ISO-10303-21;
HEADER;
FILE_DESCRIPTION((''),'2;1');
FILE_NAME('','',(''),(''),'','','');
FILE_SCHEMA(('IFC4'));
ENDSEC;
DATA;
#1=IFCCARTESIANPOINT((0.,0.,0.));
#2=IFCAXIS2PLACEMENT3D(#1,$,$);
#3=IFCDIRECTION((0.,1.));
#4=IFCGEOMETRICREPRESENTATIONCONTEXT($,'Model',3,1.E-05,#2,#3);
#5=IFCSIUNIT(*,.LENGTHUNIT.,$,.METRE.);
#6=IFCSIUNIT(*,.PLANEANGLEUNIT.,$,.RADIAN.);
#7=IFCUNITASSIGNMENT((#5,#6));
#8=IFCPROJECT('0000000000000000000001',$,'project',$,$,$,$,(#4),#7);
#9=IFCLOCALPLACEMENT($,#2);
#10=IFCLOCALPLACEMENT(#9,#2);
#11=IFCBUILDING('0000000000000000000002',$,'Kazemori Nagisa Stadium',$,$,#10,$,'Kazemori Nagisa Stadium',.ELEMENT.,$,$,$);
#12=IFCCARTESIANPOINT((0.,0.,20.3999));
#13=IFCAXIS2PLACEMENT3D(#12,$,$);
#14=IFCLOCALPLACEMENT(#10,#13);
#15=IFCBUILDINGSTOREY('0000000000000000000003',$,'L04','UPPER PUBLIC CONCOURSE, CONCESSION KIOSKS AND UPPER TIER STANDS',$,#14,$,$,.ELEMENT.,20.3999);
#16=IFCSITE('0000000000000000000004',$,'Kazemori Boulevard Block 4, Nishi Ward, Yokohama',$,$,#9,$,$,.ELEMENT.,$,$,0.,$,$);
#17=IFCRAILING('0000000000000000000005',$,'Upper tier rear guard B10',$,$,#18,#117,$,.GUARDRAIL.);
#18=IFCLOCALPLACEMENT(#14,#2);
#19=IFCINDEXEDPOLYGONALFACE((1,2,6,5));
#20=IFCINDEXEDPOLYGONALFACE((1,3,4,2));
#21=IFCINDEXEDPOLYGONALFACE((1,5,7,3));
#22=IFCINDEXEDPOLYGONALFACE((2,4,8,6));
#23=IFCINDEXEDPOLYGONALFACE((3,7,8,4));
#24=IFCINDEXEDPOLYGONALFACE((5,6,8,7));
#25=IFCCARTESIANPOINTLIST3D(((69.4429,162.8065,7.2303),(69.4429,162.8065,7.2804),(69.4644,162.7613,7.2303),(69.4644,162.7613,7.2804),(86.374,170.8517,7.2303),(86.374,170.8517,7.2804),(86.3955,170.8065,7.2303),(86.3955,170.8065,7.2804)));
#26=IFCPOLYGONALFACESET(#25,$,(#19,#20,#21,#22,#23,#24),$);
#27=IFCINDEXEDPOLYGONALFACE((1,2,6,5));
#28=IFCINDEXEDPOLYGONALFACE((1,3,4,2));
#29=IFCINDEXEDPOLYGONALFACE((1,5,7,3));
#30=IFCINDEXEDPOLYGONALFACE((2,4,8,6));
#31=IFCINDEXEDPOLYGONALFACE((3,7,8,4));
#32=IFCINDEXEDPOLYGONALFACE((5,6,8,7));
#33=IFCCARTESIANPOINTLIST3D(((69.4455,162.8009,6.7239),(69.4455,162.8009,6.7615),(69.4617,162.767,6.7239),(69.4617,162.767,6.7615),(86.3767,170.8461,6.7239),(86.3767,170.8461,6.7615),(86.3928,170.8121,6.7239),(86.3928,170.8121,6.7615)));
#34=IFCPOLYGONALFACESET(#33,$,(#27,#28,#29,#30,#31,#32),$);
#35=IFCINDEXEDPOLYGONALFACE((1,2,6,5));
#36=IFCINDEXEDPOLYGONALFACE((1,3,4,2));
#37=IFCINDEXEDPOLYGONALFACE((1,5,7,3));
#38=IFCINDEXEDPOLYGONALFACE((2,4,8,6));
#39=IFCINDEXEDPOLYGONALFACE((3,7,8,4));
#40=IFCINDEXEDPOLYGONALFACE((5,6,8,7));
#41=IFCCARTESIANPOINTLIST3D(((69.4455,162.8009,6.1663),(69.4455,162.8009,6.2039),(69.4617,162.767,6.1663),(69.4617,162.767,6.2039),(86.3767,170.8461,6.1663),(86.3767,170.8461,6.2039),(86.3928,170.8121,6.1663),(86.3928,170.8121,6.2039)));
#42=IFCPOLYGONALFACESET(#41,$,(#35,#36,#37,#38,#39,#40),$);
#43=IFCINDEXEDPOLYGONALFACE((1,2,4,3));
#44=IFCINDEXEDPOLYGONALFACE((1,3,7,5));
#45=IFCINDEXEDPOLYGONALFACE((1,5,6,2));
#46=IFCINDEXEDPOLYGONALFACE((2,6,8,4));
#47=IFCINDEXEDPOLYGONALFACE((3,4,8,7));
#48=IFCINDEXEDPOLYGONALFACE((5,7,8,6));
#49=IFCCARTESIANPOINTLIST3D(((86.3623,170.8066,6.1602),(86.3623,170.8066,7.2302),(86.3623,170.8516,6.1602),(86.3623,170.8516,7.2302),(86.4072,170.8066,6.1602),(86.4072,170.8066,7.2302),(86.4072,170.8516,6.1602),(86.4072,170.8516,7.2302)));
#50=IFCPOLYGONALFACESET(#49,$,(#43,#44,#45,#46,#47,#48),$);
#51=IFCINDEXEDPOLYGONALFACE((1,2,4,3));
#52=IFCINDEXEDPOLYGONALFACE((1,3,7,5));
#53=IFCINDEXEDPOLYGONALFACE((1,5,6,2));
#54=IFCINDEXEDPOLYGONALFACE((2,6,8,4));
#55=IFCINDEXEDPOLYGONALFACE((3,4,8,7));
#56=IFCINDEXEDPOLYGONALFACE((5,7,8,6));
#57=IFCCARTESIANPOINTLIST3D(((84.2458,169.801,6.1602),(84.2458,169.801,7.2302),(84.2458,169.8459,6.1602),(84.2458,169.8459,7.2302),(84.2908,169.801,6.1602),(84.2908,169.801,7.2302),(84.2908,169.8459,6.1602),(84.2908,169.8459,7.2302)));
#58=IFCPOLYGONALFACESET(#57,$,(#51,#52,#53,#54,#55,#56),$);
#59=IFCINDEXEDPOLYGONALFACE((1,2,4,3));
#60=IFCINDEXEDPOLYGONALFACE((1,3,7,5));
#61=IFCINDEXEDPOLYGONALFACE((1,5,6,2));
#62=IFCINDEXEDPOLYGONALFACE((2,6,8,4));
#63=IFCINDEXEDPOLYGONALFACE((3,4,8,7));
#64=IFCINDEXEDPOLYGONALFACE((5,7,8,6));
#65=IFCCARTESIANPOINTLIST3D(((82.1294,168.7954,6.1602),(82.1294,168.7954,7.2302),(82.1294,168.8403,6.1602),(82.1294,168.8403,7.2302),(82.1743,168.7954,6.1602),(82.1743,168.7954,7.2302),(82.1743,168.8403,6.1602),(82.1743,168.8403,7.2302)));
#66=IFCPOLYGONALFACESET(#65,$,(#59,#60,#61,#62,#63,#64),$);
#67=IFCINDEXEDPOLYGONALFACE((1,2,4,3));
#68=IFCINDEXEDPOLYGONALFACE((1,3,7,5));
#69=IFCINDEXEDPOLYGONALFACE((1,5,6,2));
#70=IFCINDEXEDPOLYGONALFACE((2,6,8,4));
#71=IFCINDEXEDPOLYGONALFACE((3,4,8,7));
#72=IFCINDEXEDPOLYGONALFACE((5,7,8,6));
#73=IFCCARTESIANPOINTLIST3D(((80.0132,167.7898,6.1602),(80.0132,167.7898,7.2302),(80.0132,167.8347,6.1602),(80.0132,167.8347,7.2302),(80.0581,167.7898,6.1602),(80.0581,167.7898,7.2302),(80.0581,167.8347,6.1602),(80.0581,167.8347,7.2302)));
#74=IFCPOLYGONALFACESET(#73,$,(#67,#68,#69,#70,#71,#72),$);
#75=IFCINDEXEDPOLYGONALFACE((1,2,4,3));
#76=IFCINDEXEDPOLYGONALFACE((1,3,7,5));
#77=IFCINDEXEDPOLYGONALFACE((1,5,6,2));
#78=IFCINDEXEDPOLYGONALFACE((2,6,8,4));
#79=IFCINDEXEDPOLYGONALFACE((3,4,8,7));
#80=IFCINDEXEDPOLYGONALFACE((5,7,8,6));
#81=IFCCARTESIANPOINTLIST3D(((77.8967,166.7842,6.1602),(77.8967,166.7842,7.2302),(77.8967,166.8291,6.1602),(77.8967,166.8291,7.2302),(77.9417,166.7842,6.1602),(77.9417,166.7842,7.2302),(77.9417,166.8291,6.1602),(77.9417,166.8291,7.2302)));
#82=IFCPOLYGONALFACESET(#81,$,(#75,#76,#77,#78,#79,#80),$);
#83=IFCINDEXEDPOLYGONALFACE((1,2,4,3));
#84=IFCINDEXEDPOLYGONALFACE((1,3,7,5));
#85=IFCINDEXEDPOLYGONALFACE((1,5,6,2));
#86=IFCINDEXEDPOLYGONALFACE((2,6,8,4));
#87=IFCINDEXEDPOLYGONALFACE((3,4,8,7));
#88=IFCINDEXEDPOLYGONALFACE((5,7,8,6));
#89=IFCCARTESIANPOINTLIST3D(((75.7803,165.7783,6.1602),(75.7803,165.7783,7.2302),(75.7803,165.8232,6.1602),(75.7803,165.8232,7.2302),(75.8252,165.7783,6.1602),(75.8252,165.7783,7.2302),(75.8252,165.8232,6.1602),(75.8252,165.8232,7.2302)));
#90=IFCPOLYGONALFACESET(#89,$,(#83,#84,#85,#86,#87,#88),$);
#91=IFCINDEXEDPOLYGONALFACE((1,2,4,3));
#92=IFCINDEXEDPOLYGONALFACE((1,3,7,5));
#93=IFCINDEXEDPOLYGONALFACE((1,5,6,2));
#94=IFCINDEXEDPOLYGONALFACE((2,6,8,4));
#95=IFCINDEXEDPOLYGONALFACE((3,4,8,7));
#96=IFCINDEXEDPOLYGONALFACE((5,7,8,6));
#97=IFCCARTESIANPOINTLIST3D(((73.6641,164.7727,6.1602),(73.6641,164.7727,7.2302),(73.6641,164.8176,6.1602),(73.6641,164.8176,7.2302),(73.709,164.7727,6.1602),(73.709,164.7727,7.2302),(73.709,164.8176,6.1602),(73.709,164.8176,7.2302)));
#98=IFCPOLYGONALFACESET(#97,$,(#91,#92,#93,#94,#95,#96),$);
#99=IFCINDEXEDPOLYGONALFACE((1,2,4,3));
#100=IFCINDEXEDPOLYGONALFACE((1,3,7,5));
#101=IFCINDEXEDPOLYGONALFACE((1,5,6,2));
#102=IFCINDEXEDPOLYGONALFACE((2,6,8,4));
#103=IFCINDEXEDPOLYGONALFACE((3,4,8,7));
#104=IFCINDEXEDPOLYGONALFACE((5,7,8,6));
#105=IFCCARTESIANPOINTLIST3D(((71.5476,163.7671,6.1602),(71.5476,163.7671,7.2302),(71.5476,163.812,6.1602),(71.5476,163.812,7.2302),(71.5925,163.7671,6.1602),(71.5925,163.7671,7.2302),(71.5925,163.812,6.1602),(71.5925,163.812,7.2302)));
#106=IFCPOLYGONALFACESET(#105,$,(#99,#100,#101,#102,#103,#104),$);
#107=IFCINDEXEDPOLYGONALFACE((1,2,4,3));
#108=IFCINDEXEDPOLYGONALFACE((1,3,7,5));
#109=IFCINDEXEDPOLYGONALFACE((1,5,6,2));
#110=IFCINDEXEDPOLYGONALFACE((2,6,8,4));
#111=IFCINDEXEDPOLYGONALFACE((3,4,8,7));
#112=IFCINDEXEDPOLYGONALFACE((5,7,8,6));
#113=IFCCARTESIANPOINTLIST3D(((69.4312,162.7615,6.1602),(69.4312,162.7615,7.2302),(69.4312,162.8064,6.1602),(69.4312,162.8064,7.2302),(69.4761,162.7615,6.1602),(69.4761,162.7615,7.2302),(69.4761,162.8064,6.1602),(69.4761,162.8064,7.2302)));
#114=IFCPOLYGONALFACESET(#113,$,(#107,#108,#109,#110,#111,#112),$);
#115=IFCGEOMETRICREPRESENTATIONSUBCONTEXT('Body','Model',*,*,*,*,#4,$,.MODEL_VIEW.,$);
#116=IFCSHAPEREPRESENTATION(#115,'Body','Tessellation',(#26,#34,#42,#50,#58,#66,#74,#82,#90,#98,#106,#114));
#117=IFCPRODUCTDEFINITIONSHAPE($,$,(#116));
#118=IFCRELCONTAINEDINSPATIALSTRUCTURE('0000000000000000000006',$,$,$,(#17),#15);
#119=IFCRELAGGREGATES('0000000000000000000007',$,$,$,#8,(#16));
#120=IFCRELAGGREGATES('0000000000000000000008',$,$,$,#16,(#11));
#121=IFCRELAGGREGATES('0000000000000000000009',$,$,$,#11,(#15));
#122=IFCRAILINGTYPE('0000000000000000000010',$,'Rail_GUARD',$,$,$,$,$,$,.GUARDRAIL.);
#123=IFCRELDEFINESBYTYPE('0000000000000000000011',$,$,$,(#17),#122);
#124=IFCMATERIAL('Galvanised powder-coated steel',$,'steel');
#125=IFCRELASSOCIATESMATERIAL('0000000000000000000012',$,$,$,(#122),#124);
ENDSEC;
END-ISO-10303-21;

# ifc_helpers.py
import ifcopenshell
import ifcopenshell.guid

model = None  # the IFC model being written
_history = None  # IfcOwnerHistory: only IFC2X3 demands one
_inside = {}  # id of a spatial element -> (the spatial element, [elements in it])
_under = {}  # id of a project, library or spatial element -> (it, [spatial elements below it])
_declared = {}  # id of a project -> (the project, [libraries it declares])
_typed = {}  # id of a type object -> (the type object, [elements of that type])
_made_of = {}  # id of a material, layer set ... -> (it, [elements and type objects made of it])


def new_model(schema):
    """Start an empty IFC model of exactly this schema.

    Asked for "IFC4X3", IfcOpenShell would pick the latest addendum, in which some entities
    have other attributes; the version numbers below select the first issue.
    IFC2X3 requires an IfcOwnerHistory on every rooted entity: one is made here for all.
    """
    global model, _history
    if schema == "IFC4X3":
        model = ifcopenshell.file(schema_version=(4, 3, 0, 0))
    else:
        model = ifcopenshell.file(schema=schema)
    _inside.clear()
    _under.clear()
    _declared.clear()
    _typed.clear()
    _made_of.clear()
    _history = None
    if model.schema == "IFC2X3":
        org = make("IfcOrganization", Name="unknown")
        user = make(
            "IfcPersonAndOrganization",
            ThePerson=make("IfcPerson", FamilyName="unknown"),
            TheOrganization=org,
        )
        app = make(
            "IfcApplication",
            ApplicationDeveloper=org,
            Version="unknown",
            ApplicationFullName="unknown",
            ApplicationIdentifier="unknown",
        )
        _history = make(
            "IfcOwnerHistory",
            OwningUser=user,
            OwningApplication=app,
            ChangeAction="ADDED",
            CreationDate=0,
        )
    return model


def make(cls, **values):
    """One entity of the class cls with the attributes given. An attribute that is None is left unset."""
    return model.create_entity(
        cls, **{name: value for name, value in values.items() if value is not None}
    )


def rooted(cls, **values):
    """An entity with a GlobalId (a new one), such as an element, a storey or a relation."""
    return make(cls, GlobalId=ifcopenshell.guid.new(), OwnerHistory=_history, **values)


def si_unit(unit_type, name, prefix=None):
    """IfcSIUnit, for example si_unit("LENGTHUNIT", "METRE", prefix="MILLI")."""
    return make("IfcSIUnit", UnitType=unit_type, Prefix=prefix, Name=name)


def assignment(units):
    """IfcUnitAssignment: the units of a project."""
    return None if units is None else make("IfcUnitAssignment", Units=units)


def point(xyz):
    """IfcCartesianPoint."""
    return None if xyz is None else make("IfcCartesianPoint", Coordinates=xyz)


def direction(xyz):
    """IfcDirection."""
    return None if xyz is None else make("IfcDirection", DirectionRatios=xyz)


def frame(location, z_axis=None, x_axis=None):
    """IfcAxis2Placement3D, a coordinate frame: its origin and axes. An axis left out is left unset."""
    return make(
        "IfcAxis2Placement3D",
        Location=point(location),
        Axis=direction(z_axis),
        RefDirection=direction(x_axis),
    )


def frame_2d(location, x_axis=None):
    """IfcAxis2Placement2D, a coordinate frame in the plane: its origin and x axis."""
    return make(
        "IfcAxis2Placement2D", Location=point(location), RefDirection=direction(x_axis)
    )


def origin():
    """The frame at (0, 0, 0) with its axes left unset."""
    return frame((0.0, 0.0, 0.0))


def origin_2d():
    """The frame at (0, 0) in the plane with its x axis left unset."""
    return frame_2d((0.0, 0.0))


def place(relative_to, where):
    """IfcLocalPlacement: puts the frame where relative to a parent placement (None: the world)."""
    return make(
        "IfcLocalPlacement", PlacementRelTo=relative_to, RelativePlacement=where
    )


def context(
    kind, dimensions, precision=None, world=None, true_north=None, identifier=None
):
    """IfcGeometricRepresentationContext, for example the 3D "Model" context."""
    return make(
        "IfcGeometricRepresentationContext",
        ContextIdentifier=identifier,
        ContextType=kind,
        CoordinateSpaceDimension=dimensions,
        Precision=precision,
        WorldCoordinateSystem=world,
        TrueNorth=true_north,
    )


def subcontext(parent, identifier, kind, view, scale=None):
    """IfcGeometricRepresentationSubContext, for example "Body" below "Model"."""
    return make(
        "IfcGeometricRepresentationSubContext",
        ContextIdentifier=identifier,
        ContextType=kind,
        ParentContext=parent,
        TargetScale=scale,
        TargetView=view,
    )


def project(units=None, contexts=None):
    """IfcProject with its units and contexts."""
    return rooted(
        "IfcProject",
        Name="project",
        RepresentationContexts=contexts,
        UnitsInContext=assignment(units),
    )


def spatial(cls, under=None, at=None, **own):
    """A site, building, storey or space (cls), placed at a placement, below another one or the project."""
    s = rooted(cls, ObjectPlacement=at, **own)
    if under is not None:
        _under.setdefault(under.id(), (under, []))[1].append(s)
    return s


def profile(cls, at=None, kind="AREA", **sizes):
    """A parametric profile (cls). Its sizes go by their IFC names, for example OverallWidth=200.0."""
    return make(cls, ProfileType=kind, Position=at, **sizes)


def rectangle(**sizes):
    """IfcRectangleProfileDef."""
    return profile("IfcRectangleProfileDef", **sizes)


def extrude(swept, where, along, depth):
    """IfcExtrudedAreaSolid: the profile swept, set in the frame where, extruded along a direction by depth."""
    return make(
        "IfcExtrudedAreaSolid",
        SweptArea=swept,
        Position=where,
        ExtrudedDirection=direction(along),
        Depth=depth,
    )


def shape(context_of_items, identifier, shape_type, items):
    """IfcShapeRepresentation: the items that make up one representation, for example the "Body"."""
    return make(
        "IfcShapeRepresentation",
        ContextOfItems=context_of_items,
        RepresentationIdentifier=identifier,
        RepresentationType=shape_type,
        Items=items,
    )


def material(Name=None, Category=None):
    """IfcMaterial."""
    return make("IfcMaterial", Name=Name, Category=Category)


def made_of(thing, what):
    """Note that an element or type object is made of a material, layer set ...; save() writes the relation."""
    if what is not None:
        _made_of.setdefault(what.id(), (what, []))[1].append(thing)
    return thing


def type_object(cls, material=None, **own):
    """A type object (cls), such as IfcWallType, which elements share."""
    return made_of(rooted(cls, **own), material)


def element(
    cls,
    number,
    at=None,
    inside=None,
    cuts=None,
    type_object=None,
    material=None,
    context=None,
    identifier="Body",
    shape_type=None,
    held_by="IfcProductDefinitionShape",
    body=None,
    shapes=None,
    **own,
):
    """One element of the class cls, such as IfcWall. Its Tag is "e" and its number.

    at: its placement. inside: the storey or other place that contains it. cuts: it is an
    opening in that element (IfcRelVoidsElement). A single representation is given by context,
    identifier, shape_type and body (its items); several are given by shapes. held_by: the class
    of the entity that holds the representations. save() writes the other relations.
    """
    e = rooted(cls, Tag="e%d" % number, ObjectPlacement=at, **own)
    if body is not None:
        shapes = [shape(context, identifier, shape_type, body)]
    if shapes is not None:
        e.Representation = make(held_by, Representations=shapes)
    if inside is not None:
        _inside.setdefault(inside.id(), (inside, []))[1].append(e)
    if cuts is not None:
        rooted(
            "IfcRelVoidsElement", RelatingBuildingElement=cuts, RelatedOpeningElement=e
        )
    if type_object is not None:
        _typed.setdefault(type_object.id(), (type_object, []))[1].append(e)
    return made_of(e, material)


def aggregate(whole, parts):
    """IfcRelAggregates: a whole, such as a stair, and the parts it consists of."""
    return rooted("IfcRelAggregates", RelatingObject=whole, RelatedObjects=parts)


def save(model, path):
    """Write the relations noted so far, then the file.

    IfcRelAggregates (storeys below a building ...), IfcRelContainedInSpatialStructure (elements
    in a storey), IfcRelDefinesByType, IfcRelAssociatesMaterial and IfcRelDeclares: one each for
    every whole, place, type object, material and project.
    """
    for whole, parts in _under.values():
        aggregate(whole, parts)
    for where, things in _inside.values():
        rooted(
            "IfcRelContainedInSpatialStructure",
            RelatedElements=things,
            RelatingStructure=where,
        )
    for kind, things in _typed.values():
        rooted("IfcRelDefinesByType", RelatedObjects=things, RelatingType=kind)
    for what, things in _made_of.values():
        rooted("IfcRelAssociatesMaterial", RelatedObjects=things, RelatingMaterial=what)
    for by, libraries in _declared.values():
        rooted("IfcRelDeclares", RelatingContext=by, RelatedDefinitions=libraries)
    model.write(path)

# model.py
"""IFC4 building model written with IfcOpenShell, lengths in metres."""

from ifc_helpers import new_model, si_unit, direction, frame, origin, origin_2d, place, context, subcontext, project, spatial, rectangle, extrude, material, type_object, element, save


model = new_model("IFC4")

# Units and contexts
model_context = context("Model", 3, precision=1e-05, world=origin(), true_north=direction((0.0, 1.0)))
body_context = subcontext(model_context, "Body", "Model", "MODEL_VIEW")
ifc_project = project(units=[si_unit("LENGTHUNIT", "METRE"), si_unit("PLANEANGLEUNIT", "RADIAN")], contexts=[model_context])

# Site, building, storey
site_placement = place(None, origin())
site = spatial("IfcSite", under=ifc_project, at=site_placement, Name="Kazemori Boulevard Block 4, Nishi Ward, Yokohama", CompositionType="ELEMENT", RefElevation=0.0)
building_placement = place(site_placement, origin())
building = spatial("IfcBuilding", under=site, at=building_placement, Name="Kazemori Nagisa Stadium", LongName="Kazemori Nagisa Stadium", CompositionType="ELEMENT")
storey_placement = place(building_placement, frame((0.0, 0.0, 20.3999)))
storey = spatial("IfcBuildingStorey", under=building, at=storey_placement, Name="L04", Description="UPPER PUBLIC CONCOURSE, CONCESSION KIOSKS AND UPPER TIER STANDS", CompositionType="ELEMENT", Elevation=20.3999)

# Railing
ifc_material_1 = material(Name="Galvanised powder-coated steel", Category="steel")
railing_type = type_object("IfcRailingType", Name="Rail_GUARD", PredefinedType="GUARDRAIL", material=ifc_material_1)
railing_1_placement = place(storey_placement, frame((86.3848, 170.8291, 6.1602)))
element("IfcRailing", 1, at=railing_1_placement, inside=storey, type_object=railing_type, Name="Upper tier rear guard B10", PredefinedType="GUARDRAIL", context=body_context, shape_type="SweptSolid", body=[
    extrude(rectangle(XDim=0.05, YDim=0.05, at=origin_2d()), frame((0.0, 0.0, 1.0952), z_axis=(-0.903218, -0.429182, 0.0), x_axis=(0.429182, -0.903218, 0.0)), (0.0, 0.0, 1.0), 18.7454),
    extrude(rectangle(XDim=0.0376, YDim=0.0376, at=origin_2d()), frame((0.0, 0.0, 0.5825), z_axis=(-0.903218, -0.429182, 0.0), x_axis=(0.429182, -0.903218, 0.0)), (0.0, 0.0, 1.0), 18.7454),
    extrude(rectangle(XDim=0.0376, YDim=0.0376, at=origin_2d()), frame((0.0, 0.0, 0.0249), z_axis=(-0.903218, -0.429182, 0.0), x_axis=(0.429182, -0.903218, 0.0)), (0.0, 0.0, 1.0), 18.7454),
    extrude(rectangle(XDim=0.0449, YDim=0.0449, at=origin_2d()), origin(), (0.0, 0.0, 1.0), 1.0701),
    extrude(rectangle(XDim=0.0449, YDim=0.0449, at=origin_2d()), frame((-2.1165, -1.0056, 0.0)), (0.0, 0.0, 1.0), 1.0701),
    extrude(rectangle(XDim=0.0449, YDim=0.0449, at=origin_2d()), frame((-4.2329, -2.0112, 0.0)), (0.0, 0.0, 1.0), 1.0701),
    extrude(rectangle(XDim=0.0449, YDim=0.0449, at=origin_2d()), frame((-6.3491, -3.0168, 0.0)), (0.0, 0.0, 1.0), 1.0701),
    extrude(rectangle(XDim=0.0449, YDim=0.0449, at=origin_2d()), frame((-8.4656, -4.0225, 0.0)), (0.0, 0.0, 1.0), 1.0701),
    extrude(rectangle(XDim=0.0449, YDim=0.0449, at=origin_2d()), frame((-10.582, -5.0283, 0.0)), (0.0, 0.0, 1.0), 1.0701),
    extrude(rectangle(XDim=0.0449, YDim=0.0449, at=origin_2d()), frame((-12.6982, -6.0339, 0.0)), (0.0, 0.0, 1.0), 1.0701),
    extrude(rectangle(XDim=0.0449, YDim=0.0449, at=origin_2d()), frame((-14.8147, -7.0396, 0.0)), (0.0, 0.0, 1.0), 1.0701),
    extrude(rectangle(XDim=0.0449, YDim=0.0449, at=origin_2d()), frame((-16.9312, -8.0452, 0.0)), (0.0, 0.0, 1.0), 1.0701),
])

save(model, "model.ifc")
